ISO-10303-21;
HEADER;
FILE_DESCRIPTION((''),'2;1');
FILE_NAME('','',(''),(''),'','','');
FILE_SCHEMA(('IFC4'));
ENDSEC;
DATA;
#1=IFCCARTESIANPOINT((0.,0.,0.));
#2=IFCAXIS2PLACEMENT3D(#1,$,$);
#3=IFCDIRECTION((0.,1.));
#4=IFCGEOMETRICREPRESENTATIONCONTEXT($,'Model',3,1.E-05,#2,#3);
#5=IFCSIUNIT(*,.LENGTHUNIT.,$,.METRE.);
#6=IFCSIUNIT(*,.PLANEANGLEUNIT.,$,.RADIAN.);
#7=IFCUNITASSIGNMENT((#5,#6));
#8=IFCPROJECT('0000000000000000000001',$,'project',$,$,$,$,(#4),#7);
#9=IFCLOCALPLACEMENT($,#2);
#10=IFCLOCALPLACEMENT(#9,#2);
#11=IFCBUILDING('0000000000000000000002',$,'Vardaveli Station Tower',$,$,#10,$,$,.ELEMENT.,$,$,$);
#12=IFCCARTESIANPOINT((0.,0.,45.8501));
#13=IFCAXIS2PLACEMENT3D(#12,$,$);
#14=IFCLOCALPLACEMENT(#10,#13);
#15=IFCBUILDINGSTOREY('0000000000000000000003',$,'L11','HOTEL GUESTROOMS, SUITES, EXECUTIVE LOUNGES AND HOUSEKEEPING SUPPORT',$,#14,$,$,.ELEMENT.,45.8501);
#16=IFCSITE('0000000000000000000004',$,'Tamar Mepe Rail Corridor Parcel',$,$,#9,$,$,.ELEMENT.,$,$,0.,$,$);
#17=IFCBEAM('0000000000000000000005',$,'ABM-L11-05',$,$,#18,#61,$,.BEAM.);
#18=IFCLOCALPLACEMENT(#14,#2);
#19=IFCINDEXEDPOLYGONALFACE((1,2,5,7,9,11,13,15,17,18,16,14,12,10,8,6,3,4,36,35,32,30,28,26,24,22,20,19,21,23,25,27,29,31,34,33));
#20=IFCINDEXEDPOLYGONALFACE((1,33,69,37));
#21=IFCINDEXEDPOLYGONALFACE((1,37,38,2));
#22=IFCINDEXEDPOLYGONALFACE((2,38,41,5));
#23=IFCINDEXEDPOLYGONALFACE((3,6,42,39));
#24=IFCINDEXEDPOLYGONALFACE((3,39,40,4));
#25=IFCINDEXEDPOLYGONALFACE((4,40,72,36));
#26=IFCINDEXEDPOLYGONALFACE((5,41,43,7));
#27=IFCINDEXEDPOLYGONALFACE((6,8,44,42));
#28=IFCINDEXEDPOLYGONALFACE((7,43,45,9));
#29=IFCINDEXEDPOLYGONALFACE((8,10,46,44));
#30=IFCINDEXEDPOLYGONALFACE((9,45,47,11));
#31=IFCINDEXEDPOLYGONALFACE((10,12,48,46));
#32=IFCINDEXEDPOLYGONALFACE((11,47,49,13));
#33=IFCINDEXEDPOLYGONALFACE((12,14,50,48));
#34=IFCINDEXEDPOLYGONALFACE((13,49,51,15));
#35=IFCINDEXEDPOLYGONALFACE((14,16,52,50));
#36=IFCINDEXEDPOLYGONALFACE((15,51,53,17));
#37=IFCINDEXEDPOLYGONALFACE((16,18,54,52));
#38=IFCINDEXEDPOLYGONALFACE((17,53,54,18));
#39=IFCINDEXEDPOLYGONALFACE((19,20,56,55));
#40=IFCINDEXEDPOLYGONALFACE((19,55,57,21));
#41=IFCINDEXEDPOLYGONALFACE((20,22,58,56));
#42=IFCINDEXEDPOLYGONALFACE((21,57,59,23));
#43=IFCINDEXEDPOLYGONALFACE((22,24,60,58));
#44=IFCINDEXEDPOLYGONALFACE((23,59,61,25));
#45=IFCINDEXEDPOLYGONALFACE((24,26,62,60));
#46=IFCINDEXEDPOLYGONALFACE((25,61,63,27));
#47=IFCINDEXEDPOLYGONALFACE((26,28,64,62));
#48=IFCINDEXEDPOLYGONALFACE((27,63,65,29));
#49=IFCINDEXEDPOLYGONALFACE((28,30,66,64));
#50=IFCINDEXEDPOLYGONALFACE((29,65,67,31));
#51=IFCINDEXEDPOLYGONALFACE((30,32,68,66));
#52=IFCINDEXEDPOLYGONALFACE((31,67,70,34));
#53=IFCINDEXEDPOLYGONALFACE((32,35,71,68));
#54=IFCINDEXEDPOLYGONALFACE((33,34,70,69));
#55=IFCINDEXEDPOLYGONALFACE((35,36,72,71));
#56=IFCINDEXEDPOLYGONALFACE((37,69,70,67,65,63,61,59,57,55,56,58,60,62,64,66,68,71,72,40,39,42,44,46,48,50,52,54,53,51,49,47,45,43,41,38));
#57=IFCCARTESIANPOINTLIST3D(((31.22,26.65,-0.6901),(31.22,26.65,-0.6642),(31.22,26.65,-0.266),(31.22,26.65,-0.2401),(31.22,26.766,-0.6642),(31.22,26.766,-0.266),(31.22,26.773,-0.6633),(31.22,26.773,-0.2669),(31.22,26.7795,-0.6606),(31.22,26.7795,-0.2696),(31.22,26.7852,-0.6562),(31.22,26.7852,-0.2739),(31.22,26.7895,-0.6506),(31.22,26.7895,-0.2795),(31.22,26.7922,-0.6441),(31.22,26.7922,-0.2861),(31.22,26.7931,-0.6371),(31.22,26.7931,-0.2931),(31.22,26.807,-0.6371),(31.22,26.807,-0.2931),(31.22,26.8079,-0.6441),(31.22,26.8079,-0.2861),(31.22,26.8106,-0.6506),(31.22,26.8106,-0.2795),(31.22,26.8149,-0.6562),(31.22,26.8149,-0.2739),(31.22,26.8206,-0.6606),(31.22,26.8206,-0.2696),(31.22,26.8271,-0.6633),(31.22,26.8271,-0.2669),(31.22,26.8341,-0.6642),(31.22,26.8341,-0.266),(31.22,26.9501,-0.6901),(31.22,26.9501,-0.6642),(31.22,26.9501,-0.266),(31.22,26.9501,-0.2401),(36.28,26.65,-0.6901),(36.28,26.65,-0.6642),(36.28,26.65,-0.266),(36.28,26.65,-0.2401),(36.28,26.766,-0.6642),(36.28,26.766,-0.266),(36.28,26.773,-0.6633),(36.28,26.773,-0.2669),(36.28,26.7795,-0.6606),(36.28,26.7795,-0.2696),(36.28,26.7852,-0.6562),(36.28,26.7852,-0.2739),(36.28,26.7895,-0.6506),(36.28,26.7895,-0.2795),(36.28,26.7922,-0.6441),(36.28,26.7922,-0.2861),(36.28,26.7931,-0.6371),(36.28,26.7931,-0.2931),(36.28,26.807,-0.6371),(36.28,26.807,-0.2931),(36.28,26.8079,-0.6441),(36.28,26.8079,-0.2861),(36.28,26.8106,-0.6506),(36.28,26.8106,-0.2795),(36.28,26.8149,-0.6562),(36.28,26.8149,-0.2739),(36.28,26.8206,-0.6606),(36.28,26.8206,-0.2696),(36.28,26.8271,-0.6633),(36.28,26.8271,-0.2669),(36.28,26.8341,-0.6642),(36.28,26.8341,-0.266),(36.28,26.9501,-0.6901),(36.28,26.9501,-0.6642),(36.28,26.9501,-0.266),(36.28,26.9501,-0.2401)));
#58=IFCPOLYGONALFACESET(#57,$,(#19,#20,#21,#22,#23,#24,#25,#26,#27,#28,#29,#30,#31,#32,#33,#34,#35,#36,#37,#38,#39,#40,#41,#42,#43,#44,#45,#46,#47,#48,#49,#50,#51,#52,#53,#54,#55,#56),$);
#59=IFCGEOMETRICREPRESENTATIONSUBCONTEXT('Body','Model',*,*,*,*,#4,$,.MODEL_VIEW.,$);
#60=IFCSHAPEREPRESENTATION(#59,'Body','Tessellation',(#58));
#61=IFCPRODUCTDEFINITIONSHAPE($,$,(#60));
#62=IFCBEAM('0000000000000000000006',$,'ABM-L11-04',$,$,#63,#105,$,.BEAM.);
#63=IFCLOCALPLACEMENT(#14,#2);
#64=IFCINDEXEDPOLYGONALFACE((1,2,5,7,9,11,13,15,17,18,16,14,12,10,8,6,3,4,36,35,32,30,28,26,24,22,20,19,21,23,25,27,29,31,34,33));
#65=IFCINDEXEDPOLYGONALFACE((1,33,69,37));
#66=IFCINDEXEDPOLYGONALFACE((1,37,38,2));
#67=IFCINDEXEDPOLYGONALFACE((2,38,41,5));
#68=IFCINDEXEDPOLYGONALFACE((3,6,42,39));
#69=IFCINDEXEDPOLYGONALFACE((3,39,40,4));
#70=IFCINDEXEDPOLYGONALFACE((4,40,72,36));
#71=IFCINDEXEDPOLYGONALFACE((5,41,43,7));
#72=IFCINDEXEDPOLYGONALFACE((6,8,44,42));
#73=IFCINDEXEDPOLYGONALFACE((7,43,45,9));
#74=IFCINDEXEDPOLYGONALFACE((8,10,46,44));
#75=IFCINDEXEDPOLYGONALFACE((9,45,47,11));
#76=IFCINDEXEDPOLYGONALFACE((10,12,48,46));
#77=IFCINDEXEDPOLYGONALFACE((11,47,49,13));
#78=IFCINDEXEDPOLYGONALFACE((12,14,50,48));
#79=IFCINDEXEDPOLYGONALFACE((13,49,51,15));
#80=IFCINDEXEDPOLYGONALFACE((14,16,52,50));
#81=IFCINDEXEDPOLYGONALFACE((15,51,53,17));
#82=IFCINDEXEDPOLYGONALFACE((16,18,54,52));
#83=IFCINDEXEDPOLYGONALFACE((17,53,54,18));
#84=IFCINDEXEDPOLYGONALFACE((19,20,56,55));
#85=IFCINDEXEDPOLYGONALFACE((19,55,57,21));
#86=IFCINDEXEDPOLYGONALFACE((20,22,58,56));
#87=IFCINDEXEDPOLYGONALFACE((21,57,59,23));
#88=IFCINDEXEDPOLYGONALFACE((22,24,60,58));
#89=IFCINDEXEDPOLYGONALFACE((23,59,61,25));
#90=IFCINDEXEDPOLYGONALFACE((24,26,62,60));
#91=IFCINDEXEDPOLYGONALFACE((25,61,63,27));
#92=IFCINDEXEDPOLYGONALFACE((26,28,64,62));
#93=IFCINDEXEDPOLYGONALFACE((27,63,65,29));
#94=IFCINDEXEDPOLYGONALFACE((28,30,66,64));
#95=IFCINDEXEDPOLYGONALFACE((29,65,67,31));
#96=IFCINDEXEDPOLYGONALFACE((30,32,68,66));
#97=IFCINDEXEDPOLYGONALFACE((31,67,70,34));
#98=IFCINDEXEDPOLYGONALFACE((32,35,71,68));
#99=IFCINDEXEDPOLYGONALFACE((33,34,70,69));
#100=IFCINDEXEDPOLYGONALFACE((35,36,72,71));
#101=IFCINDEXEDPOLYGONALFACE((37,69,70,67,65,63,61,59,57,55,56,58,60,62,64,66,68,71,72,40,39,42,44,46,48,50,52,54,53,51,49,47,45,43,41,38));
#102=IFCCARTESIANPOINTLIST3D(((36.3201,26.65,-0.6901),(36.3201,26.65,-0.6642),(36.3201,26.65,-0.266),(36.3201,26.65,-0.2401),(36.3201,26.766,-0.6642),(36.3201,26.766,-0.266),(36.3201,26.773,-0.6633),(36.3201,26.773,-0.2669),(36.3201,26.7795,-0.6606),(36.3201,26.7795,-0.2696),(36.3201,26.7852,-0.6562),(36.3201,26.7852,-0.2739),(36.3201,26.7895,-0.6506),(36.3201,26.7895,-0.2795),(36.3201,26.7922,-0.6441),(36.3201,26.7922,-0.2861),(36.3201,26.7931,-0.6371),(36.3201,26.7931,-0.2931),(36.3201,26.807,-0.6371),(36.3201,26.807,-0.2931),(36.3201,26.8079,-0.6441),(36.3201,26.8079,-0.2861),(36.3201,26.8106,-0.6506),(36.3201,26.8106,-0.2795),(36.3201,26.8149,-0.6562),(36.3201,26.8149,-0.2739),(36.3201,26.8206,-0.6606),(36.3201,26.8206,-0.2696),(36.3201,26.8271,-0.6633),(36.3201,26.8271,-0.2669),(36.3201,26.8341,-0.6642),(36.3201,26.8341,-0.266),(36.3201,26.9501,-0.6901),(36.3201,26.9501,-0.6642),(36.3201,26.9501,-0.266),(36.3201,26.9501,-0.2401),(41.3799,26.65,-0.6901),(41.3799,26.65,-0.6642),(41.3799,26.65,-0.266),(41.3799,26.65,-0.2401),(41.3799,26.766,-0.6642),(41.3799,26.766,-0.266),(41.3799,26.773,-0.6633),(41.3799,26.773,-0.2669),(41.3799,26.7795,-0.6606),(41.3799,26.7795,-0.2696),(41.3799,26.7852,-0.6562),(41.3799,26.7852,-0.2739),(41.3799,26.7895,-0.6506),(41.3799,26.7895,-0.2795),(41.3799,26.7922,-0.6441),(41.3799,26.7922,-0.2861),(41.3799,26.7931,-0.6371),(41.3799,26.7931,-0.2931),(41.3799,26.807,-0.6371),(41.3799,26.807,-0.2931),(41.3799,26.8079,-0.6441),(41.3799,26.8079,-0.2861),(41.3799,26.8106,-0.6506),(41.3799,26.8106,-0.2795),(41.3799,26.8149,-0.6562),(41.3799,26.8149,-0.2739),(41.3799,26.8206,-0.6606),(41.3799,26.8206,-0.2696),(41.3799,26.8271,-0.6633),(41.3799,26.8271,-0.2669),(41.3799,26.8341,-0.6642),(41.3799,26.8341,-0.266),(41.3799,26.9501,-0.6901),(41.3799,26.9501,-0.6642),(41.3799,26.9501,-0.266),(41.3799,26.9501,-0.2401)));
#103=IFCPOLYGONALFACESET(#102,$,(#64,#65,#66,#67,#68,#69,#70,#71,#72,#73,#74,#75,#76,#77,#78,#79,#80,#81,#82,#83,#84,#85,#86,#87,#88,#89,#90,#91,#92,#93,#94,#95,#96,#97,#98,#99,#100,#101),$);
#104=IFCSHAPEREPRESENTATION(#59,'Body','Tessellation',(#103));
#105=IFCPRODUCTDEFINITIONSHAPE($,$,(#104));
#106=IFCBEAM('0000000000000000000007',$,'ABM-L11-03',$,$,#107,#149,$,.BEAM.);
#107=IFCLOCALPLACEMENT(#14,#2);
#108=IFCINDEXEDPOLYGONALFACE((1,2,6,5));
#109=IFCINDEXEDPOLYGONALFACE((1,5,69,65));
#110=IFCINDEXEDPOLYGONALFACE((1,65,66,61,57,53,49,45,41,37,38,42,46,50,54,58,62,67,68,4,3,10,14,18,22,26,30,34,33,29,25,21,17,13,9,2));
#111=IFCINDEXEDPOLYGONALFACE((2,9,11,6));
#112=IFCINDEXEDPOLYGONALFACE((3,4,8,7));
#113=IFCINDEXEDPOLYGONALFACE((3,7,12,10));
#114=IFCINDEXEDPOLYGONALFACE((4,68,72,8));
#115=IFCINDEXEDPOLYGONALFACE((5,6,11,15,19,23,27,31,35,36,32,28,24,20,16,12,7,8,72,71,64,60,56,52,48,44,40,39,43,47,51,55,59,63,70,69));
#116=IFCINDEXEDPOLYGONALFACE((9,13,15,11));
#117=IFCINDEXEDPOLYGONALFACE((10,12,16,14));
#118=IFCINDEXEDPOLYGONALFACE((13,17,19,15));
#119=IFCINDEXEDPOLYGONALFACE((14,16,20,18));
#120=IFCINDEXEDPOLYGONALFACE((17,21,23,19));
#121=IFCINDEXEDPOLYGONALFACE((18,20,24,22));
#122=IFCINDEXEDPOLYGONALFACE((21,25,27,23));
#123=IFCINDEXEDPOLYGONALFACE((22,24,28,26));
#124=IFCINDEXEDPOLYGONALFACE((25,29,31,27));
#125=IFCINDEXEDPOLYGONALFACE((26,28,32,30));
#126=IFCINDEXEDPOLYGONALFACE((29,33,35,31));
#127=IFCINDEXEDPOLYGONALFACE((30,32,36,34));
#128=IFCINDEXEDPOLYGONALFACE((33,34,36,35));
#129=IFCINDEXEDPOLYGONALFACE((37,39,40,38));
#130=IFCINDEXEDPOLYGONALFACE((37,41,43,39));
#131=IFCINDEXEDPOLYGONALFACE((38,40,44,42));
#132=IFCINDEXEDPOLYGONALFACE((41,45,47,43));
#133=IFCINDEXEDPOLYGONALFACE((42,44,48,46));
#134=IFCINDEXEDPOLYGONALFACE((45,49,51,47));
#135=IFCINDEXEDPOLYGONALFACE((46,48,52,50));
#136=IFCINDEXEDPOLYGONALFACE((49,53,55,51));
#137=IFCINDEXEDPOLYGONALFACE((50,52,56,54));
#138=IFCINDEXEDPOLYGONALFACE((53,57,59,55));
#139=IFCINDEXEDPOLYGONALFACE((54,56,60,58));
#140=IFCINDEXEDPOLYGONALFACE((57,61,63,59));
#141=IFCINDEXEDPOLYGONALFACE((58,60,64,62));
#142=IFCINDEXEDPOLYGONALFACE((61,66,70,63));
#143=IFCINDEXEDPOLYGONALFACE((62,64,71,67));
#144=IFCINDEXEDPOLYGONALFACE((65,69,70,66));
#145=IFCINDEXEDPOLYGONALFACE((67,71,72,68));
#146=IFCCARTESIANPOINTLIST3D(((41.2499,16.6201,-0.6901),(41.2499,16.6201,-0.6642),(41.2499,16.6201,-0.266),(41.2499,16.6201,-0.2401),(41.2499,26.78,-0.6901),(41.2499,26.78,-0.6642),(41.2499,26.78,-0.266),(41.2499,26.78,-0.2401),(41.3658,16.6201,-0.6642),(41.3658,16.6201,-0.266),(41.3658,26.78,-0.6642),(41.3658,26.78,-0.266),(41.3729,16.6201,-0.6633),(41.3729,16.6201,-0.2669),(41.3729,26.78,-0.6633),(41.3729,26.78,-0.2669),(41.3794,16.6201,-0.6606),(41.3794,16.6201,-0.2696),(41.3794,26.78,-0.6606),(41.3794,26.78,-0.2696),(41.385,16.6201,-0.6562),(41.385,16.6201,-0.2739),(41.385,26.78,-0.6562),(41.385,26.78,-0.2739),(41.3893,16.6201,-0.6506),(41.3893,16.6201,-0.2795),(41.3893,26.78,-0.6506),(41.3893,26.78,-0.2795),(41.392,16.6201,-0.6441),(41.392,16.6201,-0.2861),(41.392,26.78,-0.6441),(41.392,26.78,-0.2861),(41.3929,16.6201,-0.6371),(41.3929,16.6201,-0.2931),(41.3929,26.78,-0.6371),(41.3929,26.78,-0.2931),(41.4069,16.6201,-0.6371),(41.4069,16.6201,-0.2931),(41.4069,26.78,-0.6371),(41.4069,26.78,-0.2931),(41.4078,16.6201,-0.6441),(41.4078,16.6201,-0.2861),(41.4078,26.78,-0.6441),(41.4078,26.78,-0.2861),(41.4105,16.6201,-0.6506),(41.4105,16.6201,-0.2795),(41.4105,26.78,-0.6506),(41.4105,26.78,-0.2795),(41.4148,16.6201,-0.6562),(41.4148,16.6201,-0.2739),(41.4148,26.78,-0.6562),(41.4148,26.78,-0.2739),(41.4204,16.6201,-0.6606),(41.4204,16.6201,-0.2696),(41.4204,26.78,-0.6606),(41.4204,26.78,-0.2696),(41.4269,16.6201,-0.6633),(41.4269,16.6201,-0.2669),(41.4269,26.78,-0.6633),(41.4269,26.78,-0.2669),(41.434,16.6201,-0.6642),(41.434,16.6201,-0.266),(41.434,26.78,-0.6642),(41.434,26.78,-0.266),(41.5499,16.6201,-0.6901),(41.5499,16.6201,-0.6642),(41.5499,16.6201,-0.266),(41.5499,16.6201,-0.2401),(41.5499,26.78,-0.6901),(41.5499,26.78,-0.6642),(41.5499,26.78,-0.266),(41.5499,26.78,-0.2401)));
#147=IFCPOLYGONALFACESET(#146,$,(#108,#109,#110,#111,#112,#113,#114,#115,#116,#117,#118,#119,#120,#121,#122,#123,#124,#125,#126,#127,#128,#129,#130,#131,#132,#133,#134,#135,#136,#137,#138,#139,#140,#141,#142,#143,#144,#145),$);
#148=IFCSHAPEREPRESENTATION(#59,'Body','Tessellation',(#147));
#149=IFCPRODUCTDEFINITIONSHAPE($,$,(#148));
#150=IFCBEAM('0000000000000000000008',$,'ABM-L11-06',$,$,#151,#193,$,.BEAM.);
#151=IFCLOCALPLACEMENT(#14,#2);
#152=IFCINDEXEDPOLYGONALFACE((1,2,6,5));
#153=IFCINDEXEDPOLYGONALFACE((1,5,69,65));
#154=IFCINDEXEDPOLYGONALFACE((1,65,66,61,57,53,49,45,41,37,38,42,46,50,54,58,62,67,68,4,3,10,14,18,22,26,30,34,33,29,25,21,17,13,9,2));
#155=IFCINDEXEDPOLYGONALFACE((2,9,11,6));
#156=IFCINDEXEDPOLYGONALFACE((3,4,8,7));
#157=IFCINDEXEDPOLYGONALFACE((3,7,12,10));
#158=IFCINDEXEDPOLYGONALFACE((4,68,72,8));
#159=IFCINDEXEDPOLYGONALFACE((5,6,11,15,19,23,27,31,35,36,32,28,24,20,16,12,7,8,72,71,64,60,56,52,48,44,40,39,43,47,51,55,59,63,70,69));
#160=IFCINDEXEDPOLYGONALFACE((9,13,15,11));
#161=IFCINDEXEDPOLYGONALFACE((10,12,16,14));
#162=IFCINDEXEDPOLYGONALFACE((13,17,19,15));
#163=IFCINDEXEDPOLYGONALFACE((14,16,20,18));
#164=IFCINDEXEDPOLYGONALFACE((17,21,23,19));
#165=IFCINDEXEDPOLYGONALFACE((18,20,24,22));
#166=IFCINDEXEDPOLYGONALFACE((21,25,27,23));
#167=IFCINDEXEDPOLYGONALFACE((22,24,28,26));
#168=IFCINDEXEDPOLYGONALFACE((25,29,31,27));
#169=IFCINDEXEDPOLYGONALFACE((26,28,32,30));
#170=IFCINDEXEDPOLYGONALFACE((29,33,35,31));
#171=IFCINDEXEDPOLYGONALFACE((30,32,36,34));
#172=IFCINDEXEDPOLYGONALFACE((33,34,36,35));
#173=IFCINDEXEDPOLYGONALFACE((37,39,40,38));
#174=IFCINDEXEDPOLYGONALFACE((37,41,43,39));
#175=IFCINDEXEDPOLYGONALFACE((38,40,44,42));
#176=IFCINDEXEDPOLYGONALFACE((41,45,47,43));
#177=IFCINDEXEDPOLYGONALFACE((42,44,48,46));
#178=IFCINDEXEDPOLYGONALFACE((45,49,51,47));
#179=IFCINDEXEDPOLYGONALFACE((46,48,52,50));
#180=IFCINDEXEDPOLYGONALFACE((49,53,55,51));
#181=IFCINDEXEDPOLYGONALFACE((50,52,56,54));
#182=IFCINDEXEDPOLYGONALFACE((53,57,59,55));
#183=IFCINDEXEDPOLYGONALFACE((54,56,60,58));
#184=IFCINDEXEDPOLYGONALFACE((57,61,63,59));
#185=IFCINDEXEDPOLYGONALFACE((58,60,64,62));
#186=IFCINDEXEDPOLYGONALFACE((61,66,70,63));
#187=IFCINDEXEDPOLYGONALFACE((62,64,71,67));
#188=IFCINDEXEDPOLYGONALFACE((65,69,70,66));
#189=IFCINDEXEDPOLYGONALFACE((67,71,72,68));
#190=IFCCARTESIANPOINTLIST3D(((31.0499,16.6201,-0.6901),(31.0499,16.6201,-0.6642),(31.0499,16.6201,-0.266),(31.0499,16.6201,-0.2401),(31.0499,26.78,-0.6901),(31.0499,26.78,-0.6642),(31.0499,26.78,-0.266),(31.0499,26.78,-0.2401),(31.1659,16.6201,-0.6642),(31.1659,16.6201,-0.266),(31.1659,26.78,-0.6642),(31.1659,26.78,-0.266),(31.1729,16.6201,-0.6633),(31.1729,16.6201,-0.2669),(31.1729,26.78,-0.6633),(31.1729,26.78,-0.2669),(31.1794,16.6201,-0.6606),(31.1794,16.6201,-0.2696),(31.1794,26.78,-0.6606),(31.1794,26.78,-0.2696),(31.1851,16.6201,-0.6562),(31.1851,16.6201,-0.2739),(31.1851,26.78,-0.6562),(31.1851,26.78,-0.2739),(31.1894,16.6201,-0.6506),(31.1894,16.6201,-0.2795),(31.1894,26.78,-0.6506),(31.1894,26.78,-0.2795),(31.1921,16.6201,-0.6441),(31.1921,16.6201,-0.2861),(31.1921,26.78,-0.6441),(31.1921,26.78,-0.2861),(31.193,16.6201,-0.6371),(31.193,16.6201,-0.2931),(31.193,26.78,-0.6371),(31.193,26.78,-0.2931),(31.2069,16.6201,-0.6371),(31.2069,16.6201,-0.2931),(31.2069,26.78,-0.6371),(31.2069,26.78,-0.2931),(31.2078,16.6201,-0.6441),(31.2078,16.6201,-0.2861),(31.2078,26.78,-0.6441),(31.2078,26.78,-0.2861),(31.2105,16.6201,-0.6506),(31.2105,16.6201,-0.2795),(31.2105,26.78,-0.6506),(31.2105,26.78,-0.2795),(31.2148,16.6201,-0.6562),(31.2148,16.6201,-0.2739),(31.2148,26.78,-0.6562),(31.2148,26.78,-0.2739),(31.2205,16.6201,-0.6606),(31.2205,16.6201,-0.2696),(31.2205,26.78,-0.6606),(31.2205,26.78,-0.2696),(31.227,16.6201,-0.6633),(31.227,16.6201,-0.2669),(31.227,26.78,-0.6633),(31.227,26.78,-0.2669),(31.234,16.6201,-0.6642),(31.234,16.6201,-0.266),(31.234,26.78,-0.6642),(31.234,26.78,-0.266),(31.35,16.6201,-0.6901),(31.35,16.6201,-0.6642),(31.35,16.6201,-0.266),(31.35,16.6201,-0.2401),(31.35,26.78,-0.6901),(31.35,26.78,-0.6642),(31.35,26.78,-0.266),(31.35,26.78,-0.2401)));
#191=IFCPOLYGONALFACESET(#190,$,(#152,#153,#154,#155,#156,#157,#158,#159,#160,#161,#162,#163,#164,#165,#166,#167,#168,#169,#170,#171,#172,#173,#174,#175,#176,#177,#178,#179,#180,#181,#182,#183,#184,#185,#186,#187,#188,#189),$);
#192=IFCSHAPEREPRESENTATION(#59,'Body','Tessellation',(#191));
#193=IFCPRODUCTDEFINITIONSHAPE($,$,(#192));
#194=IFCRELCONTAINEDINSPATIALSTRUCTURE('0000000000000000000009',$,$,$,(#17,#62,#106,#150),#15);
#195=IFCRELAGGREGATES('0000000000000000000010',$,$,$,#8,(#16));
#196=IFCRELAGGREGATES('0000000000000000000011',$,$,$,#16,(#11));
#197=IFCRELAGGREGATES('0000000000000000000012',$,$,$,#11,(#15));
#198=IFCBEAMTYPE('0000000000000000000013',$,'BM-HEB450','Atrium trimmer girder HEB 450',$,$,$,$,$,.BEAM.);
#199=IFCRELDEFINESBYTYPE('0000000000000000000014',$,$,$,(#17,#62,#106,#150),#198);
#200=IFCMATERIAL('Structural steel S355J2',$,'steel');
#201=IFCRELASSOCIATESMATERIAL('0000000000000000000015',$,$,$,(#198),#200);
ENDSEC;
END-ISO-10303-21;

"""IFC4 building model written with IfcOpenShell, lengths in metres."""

from ifc_helpers import new_model, si_unit, direction, frame, origin, origin_2d, place, context, subcontext, project, spatial, i_section, extrude, source, transform, mapped, material, material_profile, profile_set, type_object, element, save


model = new_model("IFC4")

# Units and contexts
model_context = context("Model", 3, precision=1e-05, world=origin(), true_north=direction((0.0, 1.0)))
body_context = subcontext(model_context, "Body", "Model", "MODEL_VIEW")
ifc_project = project(units=[si_unit("LENGTHUNIT", "METRE"), si_unit("PLANEANGLEUNIT", "RADIAN")], contexts=[model_context])

# Site, building, storey
site_placement = place(None, origin())
site = spatial("IfcSite", under=ifc_project, at=site_placement, Name="Tamar Mepe Rail Corridor Parcel", CompositionType="ELEMENT", RefElevation=0.0)
building_placement = place(site_placement, origin())
building = spatial("IfcBuilding", under=site, at=building_placement, Name="Vardaveli Station Tower", CompositionType="ELEMENT")
storey_placement = place(building_placement, frame((0.0, 0.0, 45.8501)))
storey = spatial("IfcBuildingStorey", under=building, at=storey_placement, Name="L11", Description="HOTEL GUESTROOMS, SUITES, EXECUTIVE LOUNGES AND HOUSEKEEPING SUPPORT", CompositionType="ELEMENT", Elevation=45.8501)

# Beams
ifc_material_1 = material(Name="Structural steel S355J2", Category="steel")
ifc_material_profile_1 = material_profile(ifc_material_1, i_section(OverallWidth=0.3, OverallDepth=0.45, WebThickness=0.0139, FlangeThickness=0.0259, FilletRadius=0.0271, at=origin_2d()), Name="HEB 450")
ifc_profile_set_1 = profile_set([ifc_material_profile_1], Name="Structural steel S355J2")
beam_type_1 = type_object("IfcBeamType", Name="BM-HEB450", Description="Atrium trimmer girder HEB 450", PredefinedType="BEAM", material=ifc_profile_set_1)
shared_shape_1 = source(origin(), body_context, "Body", "SweptSolid", [
    extrude(i_section(OverallWidth=0.3, OverallDepth=0.45, WebThickness=0.0139, FlangeThickness=0.0259, FilletRadius=0.0271, at=origin_2d()), origin(), (0.0, 0.0, 1.0), 5.0601),
])
beam_1_placement = place(storey_placement, frame((36.28, 26.8, -0.4651), z_axis=(-1.0, 0.0, 0.0), x_axis=(0.0, -1.0, 0.0)))
element("IfcBeam", 1, at=beam_1_placement, inside=storey, type_object=beam_type_1, Name="ABM-L11-05", PredefinedType="BEAM", context=body_context, shape_type="MappedRepresentation", body=[
    mapped(shared_shape_1, transform((0.0, 0.0, 0.0), scale=1.0)),
])
shared_shape_2 = source(origin(), body_context, "Body", "SweptSolid", [
    extrude(i_section(OverallWidth=0.3, OverallDepth=0.45, WebThickness=0.0139, FlangeThickness=0.0259, FilletRadius=0.0271, at=origin_2d()), origin(), (0.0, 0.0, 1.0), 5.0598),
])
beam_2_placement = place(storey_placement, frame((41.3799, 26.8, -0.4651), z_axis=(-1.0, 0.0, 0.0), x_axis=(0.0, -1.0, 0.0)))
element("IfcBeam", 2, at=beam_2_placement, inside=storey, type_object=beam_type_1, Name="ABM-L11-04", PredefinedType="BEAM", context=body_context, shape_type="MappedRepresentation", body=[
    mapped(shared_shape_2, transform((0.0, 0.0, 0.0), scale=1.0)),
])
shared_shape_3 = source(origin(), body_context, "Body", "SweptSolid", [
    extrude(i_section(OverallWidth=0.3, OverallDepth=0.45, WebThickness=0.0139, FlangeThickness=0.0259, FilletRadius=0.0271, at=origin_2d()), origin(), (0.0, 0.0, 1.0), 10.1599),
])
for number, where, z_axis, x_axis, name in (
    (3, (41.3999, 16.6201, -0.4651), (0.0, 1.0, 0.0), (-1.0, 0.0, 0.0), "ABM-L11-03"),
    (4, (31.2, 26.78, -0.4651), (0.0, -1.0, 0.0), (1.0, 0.0, 0.0), "ABM-L11-06"),
):
    element("IfcBeam", number, at=place(storey_placement, frame(where, z_axis=z_axis, x_axis=x_axis)), inside=storey, type_object=beam_type_1, Name=name, PredefinedType="BEAM", context=body_context, shape_type="MappedRepresentation", body=[
        mapped(shared_shape_3, transform((0.0, 0.0, 0.0), scale=1.0)),
    ])

save(model, "model.ifc")
